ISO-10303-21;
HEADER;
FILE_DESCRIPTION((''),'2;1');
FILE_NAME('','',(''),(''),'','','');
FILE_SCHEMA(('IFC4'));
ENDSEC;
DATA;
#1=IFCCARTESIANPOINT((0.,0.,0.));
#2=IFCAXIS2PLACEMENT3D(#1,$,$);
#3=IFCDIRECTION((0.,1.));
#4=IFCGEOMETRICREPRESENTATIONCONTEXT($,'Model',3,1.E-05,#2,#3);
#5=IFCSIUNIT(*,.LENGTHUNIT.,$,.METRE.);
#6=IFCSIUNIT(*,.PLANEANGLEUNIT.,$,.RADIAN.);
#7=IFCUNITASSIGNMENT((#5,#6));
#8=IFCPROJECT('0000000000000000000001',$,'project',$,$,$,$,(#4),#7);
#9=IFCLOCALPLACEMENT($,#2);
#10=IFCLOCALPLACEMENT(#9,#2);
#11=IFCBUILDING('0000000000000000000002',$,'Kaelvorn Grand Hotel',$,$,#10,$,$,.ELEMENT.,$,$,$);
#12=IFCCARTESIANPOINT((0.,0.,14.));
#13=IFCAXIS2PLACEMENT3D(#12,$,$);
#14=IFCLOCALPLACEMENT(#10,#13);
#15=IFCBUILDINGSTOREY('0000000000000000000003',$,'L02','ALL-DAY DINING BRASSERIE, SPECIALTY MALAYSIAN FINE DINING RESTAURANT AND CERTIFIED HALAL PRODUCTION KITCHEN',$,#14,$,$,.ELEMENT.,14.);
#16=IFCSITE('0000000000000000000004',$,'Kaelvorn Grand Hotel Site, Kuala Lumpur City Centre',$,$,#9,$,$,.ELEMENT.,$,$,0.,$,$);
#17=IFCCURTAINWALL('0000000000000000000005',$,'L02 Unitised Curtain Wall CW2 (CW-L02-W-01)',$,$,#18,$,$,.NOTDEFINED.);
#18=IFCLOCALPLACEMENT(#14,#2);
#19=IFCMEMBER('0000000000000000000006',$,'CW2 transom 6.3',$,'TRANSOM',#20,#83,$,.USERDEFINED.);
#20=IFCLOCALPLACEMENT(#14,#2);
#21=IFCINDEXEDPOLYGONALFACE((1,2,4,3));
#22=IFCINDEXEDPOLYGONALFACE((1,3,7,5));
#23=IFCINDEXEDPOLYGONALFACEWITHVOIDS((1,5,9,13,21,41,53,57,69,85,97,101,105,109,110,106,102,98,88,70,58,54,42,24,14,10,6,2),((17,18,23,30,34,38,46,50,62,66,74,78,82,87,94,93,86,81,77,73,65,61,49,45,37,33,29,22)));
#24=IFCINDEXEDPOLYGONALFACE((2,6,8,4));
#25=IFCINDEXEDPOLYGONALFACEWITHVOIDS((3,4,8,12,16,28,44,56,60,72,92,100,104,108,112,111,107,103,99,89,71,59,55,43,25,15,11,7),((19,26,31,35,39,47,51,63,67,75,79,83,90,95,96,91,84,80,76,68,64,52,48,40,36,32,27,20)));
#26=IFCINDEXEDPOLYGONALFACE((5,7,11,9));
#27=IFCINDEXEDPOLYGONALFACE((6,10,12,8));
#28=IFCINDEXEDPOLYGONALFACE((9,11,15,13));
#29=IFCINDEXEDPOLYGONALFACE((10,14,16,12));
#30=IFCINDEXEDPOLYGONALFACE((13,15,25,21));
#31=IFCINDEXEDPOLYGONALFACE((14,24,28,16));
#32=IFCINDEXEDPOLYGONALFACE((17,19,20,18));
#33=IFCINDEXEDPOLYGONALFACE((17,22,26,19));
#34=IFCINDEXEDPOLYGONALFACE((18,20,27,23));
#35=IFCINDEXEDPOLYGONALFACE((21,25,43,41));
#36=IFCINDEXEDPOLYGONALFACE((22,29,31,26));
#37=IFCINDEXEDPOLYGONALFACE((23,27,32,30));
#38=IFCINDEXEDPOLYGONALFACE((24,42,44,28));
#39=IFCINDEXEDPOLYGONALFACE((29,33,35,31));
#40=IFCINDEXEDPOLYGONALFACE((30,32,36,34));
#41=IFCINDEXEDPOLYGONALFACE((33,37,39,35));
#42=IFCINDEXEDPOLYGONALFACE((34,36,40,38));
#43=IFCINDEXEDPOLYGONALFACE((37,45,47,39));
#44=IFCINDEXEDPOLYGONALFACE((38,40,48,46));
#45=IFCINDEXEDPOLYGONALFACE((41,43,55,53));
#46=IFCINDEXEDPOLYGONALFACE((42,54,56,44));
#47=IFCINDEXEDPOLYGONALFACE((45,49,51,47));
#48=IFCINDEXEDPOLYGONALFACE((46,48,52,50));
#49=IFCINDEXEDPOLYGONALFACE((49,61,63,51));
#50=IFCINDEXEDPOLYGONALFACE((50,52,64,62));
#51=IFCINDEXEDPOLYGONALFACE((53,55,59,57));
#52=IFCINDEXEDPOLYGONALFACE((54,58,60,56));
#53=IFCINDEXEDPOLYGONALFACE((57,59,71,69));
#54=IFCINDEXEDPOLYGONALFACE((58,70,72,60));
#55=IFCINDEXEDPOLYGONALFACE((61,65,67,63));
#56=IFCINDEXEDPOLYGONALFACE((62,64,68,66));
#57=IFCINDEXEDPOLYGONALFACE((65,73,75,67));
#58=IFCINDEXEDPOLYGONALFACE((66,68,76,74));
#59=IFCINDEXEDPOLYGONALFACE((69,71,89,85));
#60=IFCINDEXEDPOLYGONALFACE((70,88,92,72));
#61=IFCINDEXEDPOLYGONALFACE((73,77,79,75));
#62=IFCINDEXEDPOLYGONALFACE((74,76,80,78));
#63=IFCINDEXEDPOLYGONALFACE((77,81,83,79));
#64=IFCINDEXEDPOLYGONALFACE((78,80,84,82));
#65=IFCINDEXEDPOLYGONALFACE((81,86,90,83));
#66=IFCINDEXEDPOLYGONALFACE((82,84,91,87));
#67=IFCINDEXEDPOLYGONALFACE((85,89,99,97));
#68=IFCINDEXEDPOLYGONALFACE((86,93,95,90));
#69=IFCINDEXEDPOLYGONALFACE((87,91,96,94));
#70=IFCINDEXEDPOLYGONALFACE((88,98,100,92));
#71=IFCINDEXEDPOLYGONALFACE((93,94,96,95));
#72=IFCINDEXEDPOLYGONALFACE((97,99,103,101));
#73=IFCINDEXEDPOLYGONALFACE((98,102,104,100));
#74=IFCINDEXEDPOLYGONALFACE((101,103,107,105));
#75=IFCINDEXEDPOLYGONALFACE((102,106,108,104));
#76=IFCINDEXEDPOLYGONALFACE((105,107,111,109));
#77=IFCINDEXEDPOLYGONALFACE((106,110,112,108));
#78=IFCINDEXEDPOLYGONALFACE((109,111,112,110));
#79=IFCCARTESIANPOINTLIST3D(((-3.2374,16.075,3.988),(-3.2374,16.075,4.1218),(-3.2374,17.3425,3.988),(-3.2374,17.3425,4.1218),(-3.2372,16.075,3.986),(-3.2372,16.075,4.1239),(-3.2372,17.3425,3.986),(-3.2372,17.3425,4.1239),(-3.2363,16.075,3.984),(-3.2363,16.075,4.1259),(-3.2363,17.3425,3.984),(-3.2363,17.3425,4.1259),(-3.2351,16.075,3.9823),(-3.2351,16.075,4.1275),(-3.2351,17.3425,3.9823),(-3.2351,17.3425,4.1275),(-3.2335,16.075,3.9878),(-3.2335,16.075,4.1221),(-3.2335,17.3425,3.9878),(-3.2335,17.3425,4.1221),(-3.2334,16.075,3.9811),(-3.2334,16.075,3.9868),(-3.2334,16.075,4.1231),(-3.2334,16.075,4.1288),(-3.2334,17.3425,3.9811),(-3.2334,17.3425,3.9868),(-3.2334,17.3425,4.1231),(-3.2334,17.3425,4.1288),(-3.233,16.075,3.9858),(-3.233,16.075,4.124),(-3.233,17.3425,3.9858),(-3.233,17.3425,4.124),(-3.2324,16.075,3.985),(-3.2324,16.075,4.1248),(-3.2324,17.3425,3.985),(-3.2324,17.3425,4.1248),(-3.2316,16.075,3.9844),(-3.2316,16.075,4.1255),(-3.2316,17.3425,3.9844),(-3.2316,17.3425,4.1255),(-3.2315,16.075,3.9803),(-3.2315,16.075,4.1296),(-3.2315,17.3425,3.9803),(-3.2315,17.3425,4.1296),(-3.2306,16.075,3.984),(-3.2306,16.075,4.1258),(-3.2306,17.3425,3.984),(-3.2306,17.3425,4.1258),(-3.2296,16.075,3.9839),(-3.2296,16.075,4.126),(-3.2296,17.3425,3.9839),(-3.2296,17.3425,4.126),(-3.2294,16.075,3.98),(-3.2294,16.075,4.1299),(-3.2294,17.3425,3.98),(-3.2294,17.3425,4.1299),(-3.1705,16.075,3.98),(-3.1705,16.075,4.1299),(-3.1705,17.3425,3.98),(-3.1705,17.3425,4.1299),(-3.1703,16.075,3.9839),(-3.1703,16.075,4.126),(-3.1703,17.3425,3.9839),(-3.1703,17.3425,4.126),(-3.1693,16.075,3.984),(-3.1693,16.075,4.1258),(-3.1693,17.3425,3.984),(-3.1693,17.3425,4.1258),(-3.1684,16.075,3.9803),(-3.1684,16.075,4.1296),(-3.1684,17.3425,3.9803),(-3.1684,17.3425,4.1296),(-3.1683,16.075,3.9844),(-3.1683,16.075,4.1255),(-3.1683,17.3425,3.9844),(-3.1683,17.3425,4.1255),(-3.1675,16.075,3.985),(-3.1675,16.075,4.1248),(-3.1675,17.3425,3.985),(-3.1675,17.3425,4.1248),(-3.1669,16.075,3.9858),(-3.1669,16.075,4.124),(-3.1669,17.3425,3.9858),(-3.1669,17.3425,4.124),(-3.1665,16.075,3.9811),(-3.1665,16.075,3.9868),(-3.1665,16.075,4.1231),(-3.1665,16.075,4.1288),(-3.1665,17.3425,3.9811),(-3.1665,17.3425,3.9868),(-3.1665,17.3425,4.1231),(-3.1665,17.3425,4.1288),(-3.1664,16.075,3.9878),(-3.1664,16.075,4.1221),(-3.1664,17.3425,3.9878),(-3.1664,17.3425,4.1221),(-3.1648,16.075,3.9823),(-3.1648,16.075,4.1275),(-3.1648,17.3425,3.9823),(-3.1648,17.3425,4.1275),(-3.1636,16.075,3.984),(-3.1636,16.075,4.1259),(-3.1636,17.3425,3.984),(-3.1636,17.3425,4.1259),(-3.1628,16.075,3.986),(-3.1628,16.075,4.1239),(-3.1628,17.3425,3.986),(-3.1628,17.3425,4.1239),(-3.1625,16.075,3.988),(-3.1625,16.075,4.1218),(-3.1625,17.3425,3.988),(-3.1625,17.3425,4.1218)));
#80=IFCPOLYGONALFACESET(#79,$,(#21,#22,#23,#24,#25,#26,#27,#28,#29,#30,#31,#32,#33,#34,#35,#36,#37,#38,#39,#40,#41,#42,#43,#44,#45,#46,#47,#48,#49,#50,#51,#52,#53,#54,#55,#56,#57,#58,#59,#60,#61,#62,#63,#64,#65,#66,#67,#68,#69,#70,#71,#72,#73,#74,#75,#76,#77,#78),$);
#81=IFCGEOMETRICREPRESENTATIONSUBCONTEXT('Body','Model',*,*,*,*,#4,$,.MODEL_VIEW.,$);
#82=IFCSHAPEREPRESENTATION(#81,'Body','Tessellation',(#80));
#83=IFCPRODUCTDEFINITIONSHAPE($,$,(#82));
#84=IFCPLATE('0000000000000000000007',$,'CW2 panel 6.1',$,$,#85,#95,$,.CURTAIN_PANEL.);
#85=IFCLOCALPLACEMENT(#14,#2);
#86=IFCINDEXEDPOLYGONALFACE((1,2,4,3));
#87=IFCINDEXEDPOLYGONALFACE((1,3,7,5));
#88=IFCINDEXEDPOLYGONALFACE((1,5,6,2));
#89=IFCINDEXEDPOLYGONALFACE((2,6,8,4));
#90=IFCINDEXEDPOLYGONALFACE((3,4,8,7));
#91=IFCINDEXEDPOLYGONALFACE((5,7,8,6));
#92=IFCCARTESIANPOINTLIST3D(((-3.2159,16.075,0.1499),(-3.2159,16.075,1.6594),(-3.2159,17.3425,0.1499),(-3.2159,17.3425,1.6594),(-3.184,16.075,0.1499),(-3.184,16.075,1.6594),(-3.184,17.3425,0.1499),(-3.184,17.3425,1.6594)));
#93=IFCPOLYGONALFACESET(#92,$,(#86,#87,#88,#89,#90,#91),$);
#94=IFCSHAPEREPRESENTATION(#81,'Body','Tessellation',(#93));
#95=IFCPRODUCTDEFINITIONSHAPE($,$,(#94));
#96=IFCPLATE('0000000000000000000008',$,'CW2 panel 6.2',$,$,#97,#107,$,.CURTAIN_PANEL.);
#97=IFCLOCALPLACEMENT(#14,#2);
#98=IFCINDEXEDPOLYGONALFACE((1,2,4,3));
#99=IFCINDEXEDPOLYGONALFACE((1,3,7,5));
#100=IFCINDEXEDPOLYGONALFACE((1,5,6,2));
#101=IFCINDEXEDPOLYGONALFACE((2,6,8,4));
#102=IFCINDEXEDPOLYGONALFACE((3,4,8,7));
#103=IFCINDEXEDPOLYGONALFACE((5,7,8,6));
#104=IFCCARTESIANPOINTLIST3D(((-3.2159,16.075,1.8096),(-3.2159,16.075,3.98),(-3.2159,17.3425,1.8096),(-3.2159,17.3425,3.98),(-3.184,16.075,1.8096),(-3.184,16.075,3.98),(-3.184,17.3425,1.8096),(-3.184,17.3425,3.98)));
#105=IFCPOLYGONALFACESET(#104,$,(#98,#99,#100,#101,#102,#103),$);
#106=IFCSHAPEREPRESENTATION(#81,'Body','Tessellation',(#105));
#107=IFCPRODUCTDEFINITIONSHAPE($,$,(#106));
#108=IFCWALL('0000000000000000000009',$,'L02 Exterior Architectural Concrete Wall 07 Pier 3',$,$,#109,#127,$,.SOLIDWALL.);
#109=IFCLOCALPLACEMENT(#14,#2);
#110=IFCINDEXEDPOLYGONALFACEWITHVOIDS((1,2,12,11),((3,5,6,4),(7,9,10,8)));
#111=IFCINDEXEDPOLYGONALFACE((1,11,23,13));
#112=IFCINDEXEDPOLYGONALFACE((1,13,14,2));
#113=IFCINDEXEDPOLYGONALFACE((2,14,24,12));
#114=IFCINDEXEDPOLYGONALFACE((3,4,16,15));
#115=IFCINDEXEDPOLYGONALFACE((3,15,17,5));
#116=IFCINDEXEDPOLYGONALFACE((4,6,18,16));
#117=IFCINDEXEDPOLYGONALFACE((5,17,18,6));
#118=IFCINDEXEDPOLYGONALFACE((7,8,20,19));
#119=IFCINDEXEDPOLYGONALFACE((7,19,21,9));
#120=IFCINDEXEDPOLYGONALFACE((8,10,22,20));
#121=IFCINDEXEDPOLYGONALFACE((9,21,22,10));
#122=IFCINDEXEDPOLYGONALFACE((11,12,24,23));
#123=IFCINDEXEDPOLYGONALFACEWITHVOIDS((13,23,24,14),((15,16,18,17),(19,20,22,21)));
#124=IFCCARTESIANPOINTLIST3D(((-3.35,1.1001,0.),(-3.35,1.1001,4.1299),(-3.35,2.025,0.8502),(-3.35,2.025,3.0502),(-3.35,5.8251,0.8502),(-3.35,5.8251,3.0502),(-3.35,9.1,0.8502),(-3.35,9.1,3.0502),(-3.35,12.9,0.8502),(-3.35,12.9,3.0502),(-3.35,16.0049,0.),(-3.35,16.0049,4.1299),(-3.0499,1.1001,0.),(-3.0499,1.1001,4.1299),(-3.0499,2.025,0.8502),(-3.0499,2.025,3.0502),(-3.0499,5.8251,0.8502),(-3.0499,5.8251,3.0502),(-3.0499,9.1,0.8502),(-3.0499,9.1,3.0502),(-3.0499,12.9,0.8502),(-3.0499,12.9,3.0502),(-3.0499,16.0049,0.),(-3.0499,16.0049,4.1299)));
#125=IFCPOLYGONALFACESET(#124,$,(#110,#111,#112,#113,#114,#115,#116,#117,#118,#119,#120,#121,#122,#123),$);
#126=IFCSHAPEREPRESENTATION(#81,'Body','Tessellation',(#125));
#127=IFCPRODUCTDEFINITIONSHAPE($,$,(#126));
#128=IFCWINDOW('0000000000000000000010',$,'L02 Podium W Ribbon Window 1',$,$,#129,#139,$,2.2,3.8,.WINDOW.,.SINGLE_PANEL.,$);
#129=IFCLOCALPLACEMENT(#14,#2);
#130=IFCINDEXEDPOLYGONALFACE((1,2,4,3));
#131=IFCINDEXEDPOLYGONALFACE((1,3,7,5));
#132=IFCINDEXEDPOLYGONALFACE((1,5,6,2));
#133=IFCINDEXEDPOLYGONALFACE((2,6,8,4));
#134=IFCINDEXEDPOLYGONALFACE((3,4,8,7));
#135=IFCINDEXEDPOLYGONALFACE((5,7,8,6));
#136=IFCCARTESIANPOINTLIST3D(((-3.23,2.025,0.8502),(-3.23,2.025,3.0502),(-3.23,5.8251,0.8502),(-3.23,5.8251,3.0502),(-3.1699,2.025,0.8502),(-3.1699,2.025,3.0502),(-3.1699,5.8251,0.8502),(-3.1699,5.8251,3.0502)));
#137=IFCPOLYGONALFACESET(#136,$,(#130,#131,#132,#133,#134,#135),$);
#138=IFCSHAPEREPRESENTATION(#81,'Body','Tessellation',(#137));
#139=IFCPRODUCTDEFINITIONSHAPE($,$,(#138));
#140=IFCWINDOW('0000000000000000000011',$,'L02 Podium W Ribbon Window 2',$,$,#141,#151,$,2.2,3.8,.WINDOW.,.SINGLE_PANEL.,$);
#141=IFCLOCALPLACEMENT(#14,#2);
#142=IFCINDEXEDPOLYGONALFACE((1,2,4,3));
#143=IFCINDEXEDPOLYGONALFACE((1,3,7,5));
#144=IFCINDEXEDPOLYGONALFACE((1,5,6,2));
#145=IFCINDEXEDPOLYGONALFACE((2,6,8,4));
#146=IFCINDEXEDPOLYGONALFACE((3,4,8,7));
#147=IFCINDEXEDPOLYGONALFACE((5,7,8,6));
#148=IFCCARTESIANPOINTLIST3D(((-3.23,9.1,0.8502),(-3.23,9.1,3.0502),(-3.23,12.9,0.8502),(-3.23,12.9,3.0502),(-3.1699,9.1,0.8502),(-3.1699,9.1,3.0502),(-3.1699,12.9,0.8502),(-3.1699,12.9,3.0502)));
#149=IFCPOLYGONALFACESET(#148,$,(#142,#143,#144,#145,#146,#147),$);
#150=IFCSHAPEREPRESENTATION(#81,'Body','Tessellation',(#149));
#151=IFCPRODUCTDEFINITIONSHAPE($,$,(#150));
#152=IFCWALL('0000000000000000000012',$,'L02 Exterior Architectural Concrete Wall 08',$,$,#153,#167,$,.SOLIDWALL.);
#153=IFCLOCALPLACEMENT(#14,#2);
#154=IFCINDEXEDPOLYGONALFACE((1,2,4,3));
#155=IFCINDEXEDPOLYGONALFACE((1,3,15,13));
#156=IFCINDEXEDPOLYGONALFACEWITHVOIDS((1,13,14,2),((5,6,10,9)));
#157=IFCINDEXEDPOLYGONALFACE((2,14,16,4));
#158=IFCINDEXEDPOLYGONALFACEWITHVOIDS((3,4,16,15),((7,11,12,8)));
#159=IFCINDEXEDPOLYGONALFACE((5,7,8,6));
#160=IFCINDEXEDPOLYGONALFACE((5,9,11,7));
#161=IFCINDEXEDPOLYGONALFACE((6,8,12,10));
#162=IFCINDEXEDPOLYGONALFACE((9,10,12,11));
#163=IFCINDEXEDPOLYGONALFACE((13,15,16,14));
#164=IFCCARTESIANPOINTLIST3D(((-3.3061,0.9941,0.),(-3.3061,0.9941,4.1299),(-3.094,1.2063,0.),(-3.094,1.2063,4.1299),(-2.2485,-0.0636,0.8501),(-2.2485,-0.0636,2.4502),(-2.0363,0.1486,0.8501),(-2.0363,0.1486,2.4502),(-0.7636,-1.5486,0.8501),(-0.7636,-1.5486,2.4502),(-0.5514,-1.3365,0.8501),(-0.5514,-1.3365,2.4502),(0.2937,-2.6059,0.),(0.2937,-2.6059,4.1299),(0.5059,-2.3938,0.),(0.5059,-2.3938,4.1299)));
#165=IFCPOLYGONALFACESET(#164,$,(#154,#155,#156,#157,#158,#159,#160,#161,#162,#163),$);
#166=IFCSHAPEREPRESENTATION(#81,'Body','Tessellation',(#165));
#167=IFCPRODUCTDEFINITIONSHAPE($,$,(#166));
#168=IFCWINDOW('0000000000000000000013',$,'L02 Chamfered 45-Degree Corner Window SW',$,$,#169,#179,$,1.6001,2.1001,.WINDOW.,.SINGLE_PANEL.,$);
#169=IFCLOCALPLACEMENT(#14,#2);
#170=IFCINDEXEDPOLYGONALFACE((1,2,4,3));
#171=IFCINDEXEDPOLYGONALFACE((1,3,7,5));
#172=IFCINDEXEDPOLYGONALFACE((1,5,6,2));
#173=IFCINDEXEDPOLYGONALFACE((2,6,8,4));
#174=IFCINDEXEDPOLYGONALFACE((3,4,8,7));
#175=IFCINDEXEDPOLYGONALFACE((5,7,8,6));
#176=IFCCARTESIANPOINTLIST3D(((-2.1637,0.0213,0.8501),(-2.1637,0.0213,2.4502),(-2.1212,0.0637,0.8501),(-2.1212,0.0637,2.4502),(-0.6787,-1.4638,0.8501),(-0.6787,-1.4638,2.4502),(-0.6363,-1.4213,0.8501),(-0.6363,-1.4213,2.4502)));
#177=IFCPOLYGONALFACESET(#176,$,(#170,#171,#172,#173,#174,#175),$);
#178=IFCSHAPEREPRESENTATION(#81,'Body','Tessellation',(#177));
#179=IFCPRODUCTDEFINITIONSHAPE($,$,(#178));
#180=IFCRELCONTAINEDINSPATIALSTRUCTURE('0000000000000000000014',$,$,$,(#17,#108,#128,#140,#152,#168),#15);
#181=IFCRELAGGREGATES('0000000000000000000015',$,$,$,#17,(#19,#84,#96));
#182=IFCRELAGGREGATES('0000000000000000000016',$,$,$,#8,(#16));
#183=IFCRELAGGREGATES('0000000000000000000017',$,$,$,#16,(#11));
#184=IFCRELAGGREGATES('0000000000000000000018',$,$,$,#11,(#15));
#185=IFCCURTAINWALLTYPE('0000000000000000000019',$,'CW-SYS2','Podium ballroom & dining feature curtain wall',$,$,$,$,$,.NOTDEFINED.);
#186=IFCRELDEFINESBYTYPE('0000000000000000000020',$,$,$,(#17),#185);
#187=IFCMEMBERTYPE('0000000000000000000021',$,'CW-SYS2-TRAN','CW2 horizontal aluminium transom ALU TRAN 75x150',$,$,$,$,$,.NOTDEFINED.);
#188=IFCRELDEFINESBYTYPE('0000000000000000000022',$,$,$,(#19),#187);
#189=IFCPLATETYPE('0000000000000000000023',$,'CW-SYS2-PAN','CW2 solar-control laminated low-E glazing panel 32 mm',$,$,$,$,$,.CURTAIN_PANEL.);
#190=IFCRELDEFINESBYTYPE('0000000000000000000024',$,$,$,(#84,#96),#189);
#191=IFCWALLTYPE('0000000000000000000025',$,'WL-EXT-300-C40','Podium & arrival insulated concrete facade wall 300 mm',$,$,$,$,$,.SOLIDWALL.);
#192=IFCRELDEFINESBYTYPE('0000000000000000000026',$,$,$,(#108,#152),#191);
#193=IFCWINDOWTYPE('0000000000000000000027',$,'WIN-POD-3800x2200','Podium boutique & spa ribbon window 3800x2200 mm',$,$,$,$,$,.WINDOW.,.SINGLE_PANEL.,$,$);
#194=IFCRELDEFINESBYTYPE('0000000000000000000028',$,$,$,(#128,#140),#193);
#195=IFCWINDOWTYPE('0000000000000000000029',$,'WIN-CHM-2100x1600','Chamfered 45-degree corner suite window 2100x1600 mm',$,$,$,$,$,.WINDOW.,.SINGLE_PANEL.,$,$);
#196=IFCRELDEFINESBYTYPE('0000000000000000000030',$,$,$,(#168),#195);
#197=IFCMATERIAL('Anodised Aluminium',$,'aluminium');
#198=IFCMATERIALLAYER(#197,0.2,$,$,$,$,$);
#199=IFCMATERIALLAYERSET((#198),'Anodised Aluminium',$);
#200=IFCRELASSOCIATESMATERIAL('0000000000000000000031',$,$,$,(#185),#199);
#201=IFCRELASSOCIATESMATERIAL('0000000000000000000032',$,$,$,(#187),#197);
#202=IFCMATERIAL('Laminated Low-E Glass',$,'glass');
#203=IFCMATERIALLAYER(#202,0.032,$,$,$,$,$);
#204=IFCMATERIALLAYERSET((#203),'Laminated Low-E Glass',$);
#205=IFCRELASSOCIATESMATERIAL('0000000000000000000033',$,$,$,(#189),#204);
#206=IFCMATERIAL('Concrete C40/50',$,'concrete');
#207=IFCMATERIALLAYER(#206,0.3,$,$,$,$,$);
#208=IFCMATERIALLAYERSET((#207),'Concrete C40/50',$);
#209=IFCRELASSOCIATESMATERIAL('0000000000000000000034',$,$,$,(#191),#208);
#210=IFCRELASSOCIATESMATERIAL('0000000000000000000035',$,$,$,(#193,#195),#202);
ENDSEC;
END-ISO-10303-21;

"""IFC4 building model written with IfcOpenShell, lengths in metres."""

from ifc_helpers import new_model, si_unit, direction, frame, frame_2d, origin, origin_2d, place, context, subcontext, project, spatial, rectangle, hollow_rectangle, extrude, material, layer, layer_set, material_profile, profile_set, type_object, element, fill, aggregate, save


model = new_model("IFC4")

# Units and contexts
model_context = context("Model", 3, precision=1e-05, world=origin(), true_north=direction((0.0, 1.0)))
body_context = subcontext(model_context, "Body", "Model", "MODEL_VIEW")
ifc_project = project(units=[si_unit("LENGTHUNIT", "METRE"), si_unit("PLANEANGLEUNIT", "RADIAN")], contexts=[model_context])

# Site, building, storey
site_placement = place(None, origin())
site = spatial("IfcSite", under=ifc_project, at=site_placement, Name="Kaelvorn Grand Hotel Site, Kuala Lumpur City Centre", CompositionType="ELEMENT", RefElevation=0.0)
building_placement = place(site_placement, origin())
building = spatial("IfcBuilding", under=site, at=building_placement, Name="Kaelvorn Grand Hotel", CompositionType="ELEMENT")
storey_placement = place(building_placement, frame((0.0, 0.0, 14.0)))
storey = spatial("IfcBuildingStorey", under=building, at=storey_placement, Name="L02", Description="ALL-DAY DINING BRASSERIE, SPECIALTY MALAYSIAN FINE DINING RESTAURANT AND CERTIFIED HALAL PRODUCTION KITCHEN", CompositionType="ELEMENT", Elevation=14.0)

# Curtain wall, member, plates
ifc_material_1 = material(Name="Anodised Aluminium", Category="aluminium")
ifc_layer_1 = layer(ifc_material_1, 0.2)
ifc_layer_set_1 = layer_set([ifc_layer_1], Name="Anodised Aluminium")
curtain_wall_type = type_object("IfcCurtainWallType", Name="CW-SYS2", Description="Podium ballroom & dining feature curtain wall", PredefinedType="NOTDEFINED", material=ifc_layer_set_1)
curtain_wall_placement = place(storey_placement, origin())
curtain_wall = element("IfcCurtainWall", 1, at=curtain_wall_placement, inside=storey, type_object=curtain_wall_type, Name="L02 Unitised Curtain Wall CW2 (CW-L02-W-01)", PredefinedType="NOTDEFINED")
ifc_material_profile_1 = material_profile(ifc_material_1, hollow_rectangle(XDim=0.075, YDim=0.1499, WallThickness=0.0039, InnerFilletRadius=0.0039, OuterFilletRadius=0.0081, at=origin_2d()), Name="ALU TRAN 75x150")
ifc_profile_set_1 = profile_set([ifc_material_profile_1], Name="Anodised Aluminium")
member_type_1 = type_object("IfcMemberType", Name="CW-SYS2-TRAN", Description="CW2 horizontal aluminium transom ALU TRAN 75x150", PredefinedType="NOTDEFINED", material=ifc_profile_set_1)
member_1_placement = place(storey_placement, frame((-3.2, 17.3425, 4.0549), z_axis=(0.0, -1.0, 0.0), x_axis=(1.0, 0.0, 0.0)))
member_1 = element("IfcMember", 2, at=member_1_placement, type_object=member_type_1, Name="CW2 transom 6.3", ObjectType="TRANSOM", PredefinedType="USERDEFINED", context=body_context, shape_type="SweptSolid", body=[
    extrude(hollow_rectangle(XDim=0.075, YDim=0.1499, WallThickness=0.0039, InnerFilletRadius=0.0039, OuterFilletRadius=0.0081, at=origin_2d()), origin(), (0.0, 0.0, 1.0), 1.2676),
])
ifc_material_2 = material(Name="Laminated Low-E Glass", Category="glass")
ifc_layer_2 = layer(ifc_material_2, 0.032)
ifc_layer_set_2 = layer_set([ifc_layer_2], Name="Laminated Low-E Glass")
plate_type = type_object("IfcPlateType", Name="CW-SYS2-PAN", Description="CW2 solar-control laminated low-E glazing panel 32 mm", PredefinedType="CURTAIN_PANEL", material=ifc_layer_set_2)
plate_1_placement = place(storey_placement, frame((-3.2, 16.7087, 0.1499), z_axis=(0.0, 0.0, 1.0), x_axis=(0.0, -1.0, 0.0)))
plate_1 = element("IfcPlate", 3, at=plate_1_placement, type_object=plate_type, Name="CW2 panel 6.1", PredefinedType="CURTAIN_PANEL", context=body_context, shape_type="SweptSolid", body=[
    extrude(rectangle(XDim=1.2676, YDim=0.032, at=origin_2d()), origin(), (0.0, 0.0, 1.0), 1.5095),
])
plate_2_placement = place(storey_placement, frame((-3.2, 16.7087, 1.8096), z_axis=(0.0, 0.0, 1.0), x_axis=(0.0, -1.0, 0.0)))
plate_2 = element("IfcPlate", 4, at=plate_2_placement, type_object=plate_type, Name="CW2 panel 6.2", PredefinedType="CURTAIN_PANEL", context=body_context, shape_type="SweptSolid", body=[
    extrude(rectangle(XDim=1.2676, YDim=0.032, at=origin_2d()), origin(), (0.0, 0.0, 1.0), 2.1704),
])
aggregate(curtain_wall, [member_1, plate_1, plate_2])

# Wall, openings, windows
ifc_material_3 = material(Name="Concrete C40/50", Category="concrete")
ifc_layer_3 = layer(ifc_material_3, 0.3)
ifc_layer_set_3 = layer_set([ifc_layer_3], Name="Concrete C40/50")
wall_type = type_object("IfcWallType", Name="WL-EXT-300-C40", Description="Podium & arrival insulated concrete facade wall 300 mm", PredefinedType="SOLIDWALL", material=ifc_layer_set_3)
wall_1_placement = place(storey_placement, frame((-3.2, 16.0049, 0.0), z_axis=(0.0, 0.0, 1.0), x_axis=(0.0, -1.0, 0.0)))
wall_1 = element("IfcWall", 5, at=wall_1_placement, inside=storey, type_object=wall_type, Name="L02 Exterior Architectural Concrete Wall 07 Pier 3", PredefinedType="SOLIDWALL", context=body_context, shape_type="SweptSolid", body=[
    extrude(rectangle(XDim=14.9048, YDim=0.3, at=frame_2d((7.4524, 0.0))), origin(), (0.0, 0.0, 1.0), 4.1299),
])
opening_1_placement = place(wall_1_placement, frame((10.1799, 0.0, 0.8501)))
opening_1 = element("IfcOpeningElement", 6, at=opening_1_placement, cuts=wall_1, PredefinedType="OPENING", context=body_context, shape_type="SweptSolid", body=[
    extrude(rectangle(XDim=3.8, YDim=2.2, at=frame_2d((1.8999, 1.1001))), frame((0.0, 0.1602, 0.0), z_axis=(0.0, -1.0, 0.0), x_axis=(1.0, 0.0, 0.0)), (0.0, 0.0, 1.0), 0.3201),
])
opening_2_placement = place(wall_1_placement, frame((3.105, 0.0, 0.8501)))
opening_2 = element("IfcOpeningElement", 7, at=opening_2_placement, cuts=wall_1, PredefinedType="OPENING", context=body_context, shape_type="SweptSolid", body=[
    extrude(rectangle(XDim=3.8, YDim=2.2, at=frame_2d((1.8999, 1.1001))), frame((0.0, 0.1602, 0.0), z_axis=(0.0, -1.0, 0.0), x_axis=(1.0, 0.0, 0.0)), (0.0, 0.0, 1.0), 0.3201),
])
window_type_1 = type_object("IfcWindowType", Name="WIN-POD-3800x2200", Description="Podium boutique & spa ribbon window 3800x2200 mm", PartitioningType="SINGLE_PANEL", PredefinedType="WINDOW", material=ifc_material_2)
window_1_placement = place(opening_1_placement, origin())
window_1 = element("IfcWindow", 8, at=window_1_placement, inside=storey, type_object=window_type_1, Name="L02 Podium W Ribbon Window 1", OverallHeight=2.2, OverallWidth=3.8, PartitioningType="SINGLE_PANEL", PredefinedType="WINDOW", context=body_context, shape_type="SweptSolid", body=[
    extrude(rectangle(XDim=3.8, YDim=2.2, at=frame_2d((1.8999, 1.1001))), frame((0.0, 0.03, 0.0), z_axis=(0.0, -1.0, 0.0), x_axis=(1.0, 0.0, 0.0)), (0.0, 0.0, 1.0), 0.0601),
])
fill(opening_1, window_1)
window_2_placement = place(opening_2_placement, origin())
window_2 = element("IfcWindow", 9, at=window_2_placement, inside=storey, type_object=window_type_1, Name="L02 Podium W Ribbon Window 2", OverallHeight=2.2, OverallWidth=3.8, PartitioningType="SINGLE_PANEL", PredefinedType="WINDOW", context=body_context, shape_type="SweptSolid", body=[
    extrude(rectangle(XDim=3.8, YDim=2.2, at=frame_2d((1.8999, 1.1001))), frame((0.0, 0.03, 0.0), z_axis=(0.0, -1.0, 0.0), x_axis=(1.0, 0.0, 0.0)), (0.0, 0.0, 1.0), 0.0601),
])
fill(opening_2, window_2)

# Wall, opening, window
wall_2_placement = place(storey_placement, frame((-3.2, 1.1001, 0.0), z_axis=(0.0, 0.0, 1.0), x_axis=(0.707083, -0.707131, 0.0)))
wall_2 = element("IfcWall", 10, at=wall_2_placement, inside=storey, type_object=wall_type, Name="L02 Exterior Architectural Concrete Wall 08", PredefinedType="SOLIDWALL", context=body_context, shape_type="SweptSolid", body=[
    extrude(rectangle(XDim=5.0911, YDim=0.3, at=frame_2d((2.5454, 0.0))), origin(), (0.0, 0.0, 1.0), 4.1299),
])
opening_3_placement = place(wall_2_placement, frame((1.4956, 0.0, 0.8501)))
opening_3 = element("IfcOpeningElement", 11, at=opening_3_placement, cuts=wall_2, PredefinedType="OPENING", context=body_context, shape_type="SweptSolid", body=[
    extrude(rectangle(XDim=2.1001, YDim=1.6001, at=frame_2d((1.05, 0.8))), frame((0.0, 0.1602, 0.0), z_axis=(0.0, -1.0, 0.0), x_axis=(1.0, 0.0, 0.0)), (0.0, 0.0, 1.0), 0.3201),
])
window_type_2 = type_object("IfcWindowType", Name="WIN-CHM-2100x1600", Description="Chamfered 45-degree corner suite window 2100x1600 mm", PartitioningType="SINGLE_PANEL", PredefinedType="WINDOW", material=ifc_material_2)
window_3_placement = place(opening_3_placement, origin())
window_3 = element("IfcWindow", 12, at=window_3_placement, inside=storey, type_object=window_type_2, Name="L02 Chamfered 45-Degree Corner Window SW", OverallHeight=1.6001, OverallWidth=2.1001, PartitioningType="SINGLE_PANEL", PredefinedType="WINDOW", context=body_context, shape_type="SweptSolid", body=[
    extrude(rectangle(XDim=2.1001, YDim=1.6001, at=frame_2d((1.05, 0.8))), frame((0.0, 0.03, 0.0), z_axis=(0.0, -1.0, 0.0), x_axis=(1.0, 0.0, 0.0)), (0.0, 0.0, 1.0), 0.0601),
])
fill(opening_3, window_3)

save(model, "model.ifc")
